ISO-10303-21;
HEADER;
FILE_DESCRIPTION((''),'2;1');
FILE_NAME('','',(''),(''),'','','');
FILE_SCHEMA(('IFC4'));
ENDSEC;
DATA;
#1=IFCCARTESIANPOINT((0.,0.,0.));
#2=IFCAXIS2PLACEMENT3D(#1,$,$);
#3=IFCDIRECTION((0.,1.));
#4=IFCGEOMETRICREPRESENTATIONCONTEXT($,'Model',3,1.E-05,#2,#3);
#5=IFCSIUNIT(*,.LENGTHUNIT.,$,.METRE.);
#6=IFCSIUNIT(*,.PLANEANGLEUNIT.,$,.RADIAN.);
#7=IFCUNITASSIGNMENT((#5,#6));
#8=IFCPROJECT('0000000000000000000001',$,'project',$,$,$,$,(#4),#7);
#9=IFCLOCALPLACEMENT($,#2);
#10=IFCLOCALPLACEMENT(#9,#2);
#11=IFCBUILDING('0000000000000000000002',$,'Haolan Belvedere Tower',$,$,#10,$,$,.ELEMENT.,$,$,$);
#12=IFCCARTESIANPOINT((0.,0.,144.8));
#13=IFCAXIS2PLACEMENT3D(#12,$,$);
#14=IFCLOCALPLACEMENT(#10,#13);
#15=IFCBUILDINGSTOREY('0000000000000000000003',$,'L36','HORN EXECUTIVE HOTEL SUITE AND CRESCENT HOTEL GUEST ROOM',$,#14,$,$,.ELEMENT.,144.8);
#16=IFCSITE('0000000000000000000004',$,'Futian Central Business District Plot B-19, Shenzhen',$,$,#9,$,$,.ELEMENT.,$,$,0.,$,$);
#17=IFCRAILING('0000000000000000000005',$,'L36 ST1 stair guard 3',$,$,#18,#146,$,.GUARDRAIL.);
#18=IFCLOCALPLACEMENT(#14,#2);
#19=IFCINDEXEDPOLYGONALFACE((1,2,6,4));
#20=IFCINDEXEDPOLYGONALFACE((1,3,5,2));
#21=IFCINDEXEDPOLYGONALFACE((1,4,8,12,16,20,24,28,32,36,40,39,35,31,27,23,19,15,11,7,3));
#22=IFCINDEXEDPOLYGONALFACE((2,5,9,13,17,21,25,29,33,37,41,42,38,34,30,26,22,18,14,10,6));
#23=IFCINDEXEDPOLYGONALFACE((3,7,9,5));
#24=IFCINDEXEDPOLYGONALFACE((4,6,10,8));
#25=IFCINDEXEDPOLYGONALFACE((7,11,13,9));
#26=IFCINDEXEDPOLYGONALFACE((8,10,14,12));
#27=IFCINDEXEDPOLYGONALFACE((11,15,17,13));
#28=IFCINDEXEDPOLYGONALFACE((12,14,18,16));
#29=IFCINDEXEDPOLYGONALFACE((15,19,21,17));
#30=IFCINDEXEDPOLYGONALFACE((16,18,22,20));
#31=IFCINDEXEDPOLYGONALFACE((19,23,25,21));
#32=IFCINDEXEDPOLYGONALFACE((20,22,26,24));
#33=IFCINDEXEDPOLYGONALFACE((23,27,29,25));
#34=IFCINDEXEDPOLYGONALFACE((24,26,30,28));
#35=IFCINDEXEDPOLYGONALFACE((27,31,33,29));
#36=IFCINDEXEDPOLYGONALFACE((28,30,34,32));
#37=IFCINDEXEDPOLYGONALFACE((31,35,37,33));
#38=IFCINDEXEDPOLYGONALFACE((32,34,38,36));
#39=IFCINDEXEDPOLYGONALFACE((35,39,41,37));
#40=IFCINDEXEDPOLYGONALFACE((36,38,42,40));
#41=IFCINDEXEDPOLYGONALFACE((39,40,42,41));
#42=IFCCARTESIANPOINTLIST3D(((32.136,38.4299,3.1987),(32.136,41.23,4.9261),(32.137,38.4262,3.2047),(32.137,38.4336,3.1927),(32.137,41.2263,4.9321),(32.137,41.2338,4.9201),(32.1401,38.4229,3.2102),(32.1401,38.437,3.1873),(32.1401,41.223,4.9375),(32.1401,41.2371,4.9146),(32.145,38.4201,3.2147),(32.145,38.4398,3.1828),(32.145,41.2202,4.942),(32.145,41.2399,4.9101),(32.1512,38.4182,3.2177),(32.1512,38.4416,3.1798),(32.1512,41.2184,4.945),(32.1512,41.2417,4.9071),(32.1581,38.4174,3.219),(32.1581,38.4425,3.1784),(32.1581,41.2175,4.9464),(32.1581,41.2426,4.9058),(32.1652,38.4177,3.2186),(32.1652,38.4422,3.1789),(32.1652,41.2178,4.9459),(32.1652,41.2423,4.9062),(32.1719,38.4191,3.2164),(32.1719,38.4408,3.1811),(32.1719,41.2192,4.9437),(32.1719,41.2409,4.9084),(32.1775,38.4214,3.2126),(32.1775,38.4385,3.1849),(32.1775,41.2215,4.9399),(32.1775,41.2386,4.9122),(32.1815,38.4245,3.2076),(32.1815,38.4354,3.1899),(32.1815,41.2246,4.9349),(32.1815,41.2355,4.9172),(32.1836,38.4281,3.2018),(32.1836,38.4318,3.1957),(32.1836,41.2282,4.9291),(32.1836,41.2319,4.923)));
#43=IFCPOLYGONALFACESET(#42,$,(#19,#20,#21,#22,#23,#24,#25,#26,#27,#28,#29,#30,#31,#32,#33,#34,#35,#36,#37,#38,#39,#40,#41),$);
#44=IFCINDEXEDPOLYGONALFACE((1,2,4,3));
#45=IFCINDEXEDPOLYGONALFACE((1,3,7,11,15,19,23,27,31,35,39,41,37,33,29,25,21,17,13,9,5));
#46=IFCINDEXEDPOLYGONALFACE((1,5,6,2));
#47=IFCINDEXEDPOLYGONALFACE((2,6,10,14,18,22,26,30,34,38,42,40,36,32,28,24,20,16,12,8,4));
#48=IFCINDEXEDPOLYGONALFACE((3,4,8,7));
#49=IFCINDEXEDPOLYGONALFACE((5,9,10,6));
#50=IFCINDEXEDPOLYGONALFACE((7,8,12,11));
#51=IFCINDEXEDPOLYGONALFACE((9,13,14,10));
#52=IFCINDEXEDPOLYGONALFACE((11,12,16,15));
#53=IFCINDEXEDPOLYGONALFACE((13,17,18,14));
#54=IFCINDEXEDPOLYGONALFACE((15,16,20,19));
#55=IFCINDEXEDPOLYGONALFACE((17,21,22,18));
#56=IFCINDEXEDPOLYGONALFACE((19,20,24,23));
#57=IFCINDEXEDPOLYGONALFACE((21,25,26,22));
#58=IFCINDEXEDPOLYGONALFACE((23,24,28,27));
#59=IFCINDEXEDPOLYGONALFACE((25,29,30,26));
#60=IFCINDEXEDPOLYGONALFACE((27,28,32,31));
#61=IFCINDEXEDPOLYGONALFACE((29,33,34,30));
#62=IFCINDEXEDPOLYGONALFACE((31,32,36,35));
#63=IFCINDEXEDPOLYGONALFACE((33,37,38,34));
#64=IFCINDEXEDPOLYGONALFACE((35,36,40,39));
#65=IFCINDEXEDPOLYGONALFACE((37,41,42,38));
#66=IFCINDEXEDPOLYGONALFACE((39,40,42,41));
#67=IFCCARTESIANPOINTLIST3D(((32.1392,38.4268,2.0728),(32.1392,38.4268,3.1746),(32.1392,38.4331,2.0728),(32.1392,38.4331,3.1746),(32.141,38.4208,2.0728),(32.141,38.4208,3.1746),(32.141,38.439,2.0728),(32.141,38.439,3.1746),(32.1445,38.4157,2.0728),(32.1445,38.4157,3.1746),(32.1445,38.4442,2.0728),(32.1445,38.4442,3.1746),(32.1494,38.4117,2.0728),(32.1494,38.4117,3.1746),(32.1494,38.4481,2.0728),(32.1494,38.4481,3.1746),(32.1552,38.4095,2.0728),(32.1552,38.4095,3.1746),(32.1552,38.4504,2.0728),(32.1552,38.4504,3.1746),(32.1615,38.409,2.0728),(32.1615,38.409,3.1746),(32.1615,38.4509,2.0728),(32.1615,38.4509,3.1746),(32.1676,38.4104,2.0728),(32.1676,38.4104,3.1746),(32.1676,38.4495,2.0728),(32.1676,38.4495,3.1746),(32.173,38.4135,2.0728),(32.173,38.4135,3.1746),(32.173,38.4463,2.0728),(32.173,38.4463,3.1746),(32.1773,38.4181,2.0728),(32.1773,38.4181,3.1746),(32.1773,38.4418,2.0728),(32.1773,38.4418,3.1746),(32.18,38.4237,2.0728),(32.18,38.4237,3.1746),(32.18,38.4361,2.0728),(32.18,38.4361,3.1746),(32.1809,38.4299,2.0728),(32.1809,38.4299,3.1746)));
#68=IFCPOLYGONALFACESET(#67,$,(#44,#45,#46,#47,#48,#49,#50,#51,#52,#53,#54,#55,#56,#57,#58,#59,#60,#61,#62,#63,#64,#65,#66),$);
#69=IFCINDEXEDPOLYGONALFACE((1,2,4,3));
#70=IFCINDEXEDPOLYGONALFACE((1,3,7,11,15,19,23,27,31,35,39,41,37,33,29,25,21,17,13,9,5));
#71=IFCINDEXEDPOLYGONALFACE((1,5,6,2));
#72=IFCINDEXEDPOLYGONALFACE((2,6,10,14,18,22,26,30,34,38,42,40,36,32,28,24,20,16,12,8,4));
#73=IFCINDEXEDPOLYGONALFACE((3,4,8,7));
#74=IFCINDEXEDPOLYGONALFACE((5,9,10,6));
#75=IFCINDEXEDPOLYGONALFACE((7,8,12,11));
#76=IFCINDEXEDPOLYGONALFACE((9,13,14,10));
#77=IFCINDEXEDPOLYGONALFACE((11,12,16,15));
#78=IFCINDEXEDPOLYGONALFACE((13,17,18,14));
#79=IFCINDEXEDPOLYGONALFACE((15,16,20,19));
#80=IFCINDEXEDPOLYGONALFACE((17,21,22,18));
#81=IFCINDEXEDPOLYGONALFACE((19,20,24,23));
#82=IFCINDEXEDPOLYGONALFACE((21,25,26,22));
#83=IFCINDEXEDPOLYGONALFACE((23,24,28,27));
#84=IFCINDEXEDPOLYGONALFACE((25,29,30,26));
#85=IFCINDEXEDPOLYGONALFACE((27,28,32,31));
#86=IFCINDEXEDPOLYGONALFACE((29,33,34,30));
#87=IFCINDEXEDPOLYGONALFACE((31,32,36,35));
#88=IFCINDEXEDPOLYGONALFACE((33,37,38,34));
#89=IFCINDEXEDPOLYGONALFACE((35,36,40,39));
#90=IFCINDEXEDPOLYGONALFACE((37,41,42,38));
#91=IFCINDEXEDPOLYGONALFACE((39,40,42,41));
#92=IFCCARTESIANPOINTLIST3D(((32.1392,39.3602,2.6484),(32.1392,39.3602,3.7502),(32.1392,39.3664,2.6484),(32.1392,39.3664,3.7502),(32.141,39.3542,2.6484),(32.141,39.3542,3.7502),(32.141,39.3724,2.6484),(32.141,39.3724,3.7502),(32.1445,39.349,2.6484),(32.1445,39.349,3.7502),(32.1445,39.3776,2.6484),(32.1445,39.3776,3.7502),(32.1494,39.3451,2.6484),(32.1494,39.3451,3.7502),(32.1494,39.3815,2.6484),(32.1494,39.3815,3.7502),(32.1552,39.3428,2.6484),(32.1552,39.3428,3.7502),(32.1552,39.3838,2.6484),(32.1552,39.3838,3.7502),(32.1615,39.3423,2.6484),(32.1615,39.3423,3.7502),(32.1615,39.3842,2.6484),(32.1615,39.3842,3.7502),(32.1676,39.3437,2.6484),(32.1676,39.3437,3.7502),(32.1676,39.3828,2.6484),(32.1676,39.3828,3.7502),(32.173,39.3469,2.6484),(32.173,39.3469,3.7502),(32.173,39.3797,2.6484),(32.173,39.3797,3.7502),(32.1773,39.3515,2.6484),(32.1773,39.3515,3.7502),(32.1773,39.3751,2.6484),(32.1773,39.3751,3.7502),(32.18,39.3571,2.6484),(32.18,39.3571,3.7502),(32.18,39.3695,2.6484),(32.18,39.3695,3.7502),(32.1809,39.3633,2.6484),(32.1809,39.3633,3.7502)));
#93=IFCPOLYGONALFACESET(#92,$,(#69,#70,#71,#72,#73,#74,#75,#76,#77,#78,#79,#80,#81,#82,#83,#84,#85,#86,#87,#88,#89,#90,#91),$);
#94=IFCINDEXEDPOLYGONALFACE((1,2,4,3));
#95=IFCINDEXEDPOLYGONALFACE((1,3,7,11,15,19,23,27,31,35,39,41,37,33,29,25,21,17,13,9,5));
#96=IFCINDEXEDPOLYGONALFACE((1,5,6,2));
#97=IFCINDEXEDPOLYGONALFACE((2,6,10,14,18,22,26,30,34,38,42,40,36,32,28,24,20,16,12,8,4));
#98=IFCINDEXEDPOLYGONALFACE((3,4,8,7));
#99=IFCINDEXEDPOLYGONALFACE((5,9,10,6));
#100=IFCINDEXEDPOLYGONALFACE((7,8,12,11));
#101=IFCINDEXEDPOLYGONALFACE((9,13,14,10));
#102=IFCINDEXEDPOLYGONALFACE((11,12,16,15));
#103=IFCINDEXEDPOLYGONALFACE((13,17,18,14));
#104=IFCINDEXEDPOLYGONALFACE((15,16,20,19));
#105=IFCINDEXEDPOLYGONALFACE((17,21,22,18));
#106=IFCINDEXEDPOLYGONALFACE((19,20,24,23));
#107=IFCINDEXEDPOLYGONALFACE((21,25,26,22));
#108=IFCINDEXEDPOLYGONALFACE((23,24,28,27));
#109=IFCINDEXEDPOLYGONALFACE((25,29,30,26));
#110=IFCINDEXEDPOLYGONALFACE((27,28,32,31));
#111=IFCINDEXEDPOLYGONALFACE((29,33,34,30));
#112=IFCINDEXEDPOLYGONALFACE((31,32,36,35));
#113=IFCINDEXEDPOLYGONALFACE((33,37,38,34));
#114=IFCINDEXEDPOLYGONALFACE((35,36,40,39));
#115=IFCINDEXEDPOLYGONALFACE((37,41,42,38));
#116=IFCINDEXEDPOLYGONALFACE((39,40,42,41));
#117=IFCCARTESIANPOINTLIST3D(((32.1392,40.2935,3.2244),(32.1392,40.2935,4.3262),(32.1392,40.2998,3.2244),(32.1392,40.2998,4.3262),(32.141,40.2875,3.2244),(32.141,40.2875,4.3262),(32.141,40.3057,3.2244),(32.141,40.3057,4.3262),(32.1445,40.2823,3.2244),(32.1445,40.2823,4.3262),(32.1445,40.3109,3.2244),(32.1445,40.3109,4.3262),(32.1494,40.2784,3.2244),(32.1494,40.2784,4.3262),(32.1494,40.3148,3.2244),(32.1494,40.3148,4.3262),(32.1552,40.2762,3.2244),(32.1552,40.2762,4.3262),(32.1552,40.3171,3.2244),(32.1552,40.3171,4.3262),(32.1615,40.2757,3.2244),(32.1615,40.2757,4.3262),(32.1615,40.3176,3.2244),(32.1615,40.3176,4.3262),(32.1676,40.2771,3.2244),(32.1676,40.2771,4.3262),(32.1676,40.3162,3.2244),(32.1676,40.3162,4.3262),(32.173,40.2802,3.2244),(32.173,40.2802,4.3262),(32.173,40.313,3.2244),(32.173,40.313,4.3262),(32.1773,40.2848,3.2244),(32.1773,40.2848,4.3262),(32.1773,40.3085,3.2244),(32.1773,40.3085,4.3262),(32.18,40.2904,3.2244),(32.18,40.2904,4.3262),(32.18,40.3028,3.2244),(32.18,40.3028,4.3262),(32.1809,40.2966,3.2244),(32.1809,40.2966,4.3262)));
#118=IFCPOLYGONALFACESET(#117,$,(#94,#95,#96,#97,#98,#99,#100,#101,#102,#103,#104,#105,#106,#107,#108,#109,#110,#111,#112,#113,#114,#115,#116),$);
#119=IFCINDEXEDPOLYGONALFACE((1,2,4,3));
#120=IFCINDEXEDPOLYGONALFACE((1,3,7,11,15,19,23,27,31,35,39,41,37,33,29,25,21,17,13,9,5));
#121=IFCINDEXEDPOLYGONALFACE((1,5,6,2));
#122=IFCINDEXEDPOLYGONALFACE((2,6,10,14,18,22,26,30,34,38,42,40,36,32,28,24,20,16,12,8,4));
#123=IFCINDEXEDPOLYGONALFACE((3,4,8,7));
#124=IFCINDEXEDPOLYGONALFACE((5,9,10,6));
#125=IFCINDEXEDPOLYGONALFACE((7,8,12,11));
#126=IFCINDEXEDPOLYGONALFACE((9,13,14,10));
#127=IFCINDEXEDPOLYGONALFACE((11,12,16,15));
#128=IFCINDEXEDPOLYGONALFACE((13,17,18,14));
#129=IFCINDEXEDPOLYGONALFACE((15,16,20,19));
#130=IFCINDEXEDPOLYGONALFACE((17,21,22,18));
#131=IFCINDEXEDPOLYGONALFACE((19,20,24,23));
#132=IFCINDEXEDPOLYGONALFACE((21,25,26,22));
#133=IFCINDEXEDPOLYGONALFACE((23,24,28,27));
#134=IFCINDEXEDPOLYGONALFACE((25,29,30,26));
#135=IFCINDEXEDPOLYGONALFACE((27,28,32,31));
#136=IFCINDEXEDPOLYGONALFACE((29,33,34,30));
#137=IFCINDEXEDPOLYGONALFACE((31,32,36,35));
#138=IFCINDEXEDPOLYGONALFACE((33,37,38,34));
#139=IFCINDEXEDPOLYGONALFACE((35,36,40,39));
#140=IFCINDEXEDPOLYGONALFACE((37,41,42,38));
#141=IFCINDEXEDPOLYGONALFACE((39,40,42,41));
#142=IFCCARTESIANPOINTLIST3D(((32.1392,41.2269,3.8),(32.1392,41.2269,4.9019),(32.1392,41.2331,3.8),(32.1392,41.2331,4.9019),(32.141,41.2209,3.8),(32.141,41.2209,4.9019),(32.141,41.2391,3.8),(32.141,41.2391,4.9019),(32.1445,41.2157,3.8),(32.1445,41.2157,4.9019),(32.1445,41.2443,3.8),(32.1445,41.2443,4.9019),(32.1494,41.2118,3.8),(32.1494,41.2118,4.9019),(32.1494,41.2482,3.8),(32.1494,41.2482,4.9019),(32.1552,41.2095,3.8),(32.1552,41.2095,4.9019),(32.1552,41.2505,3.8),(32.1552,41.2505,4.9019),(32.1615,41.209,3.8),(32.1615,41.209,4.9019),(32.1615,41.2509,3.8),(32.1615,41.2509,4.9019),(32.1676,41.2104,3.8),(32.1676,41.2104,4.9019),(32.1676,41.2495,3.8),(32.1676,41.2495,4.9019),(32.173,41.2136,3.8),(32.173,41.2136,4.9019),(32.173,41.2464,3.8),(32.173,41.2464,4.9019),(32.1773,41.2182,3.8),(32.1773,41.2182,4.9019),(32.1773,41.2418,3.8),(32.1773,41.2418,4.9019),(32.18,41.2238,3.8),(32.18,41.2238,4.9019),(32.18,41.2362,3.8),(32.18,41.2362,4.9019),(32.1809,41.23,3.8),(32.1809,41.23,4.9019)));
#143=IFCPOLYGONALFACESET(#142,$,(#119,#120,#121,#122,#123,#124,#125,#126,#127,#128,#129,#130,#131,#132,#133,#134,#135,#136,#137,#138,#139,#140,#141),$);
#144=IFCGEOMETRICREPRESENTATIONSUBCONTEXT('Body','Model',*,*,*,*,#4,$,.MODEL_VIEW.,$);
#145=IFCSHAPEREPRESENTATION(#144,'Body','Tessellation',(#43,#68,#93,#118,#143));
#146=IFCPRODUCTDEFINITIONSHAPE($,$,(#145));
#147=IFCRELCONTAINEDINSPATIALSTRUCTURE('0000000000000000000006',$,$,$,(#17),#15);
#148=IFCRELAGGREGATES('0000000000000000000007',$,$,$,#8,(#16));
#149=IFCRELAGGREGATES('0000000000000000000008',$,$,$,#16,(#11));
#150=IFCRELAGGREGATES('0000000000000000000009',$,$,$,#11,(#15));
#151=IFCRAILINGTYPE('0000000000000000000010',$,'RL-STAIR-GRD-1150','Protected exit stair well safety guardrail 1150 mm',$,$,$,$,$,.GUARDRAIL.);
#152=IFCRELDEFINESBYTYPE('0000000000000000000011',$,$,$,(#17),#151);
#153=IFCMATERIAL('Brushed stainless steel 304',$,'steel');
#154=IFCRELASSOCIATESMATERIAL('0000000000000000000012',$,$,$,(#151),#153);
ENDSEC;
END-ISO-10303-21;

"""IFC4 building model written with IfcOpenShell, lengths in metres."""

from ifc_helpers import new_model, si_unit, direction, frame, origin, origin_2d, place, context, subcontext, project, spatial, circle, extrude, material, type_object, element, save


model = new_model("IFC4")

# Units and contexts
model_context = context("Model", 3, precision=1e-05, world=origin(), true_north=direction((0.0, 1.0)))
body_context = subcontext(model_context, "Body", "Model", "MODEL_VIEW")
ifc_project = project(units=[si_unit("LENGTHUNIT", "METRE"), si_unit("PLANEANGLEUNIT", "RADIAN")], contexts=[model_context])

# Site, building, storey
site_placement = place(None, origin())
site = spatial("IfcSite", under=ifc_project, at=site_placement, Name="Futian Central Business District Plot B-19, Shenzhen", CompositionType="ELEMENT", RefElevation=0.0)
building_placement = place(site_placement, origin())
building = spatial("IfcBuilding", under=site, at=building_placement, Name="Haolan Belvedere Tower", CompositionType="ELEMENT")
storey_placement = place(building_placement, frame((0.0, 0.0, 144.8)))
storey = spatial("IfcBuildingStorey", under=building, at=storey_placement, Name="L36", Description="HORN EXECUTIVE HOTEL SUITE AND CRESCENT HOTEL GUEST ROOM", CompositionType="ELEMENT", Elevation=144.8)

# Railing
ifc_material_1 = material(Name="Brushed stainless steel 304", Category="steel")
railing_type_1 = type_object("IfcRailingType", Name="RL-STAIR-GRD-1150", Description="Protected exit stair well safety guardrail 1150 mm", PredefinedType="GUARDRAIL", material=ifc_material_1)
railing_1_placement = place(storey_placement, frame((32.1599, 38.4299, 2.0728)))
element("IfcRailing", 1, at=railing_1_placement, inside=storey, type_object=railing_type_1, Name="L36 ST1 stair guard 3", PredefinedType="GUARDRAIL", context=body_context, shape_type="SweptSolid", body=[
    extrude(circle(Radius=0.0239, at=origin_2d()), frame((0.0, 0.0, 1.126), z_axis=(0.0, 0.85109, 0.52502), x_axis=(-1.0, 0.0, 0.0)), (0.0, 0.0, 1.0), 3.29),
    extrude(circle(Radius=0.021, at=origin_2d()), origin(), (0.0, 0.0, 1.0), 1.1018),
    extrude(circle(Radius=0.021, at=origin_2d()), frame((0.0, 0.9333, 0.5757)), (0.0, 0.0, 1.0), 1.1018),
    extrude(circle(Radius=0.021, at=origin_2d()), frame((0.0, 1.8667, 1.1516)), (0.0, 0.0, 1.0), 1.1018),
    extrude(circle(Radius=0.021, at=origin_2d()), frame((0.0, 2.8, 1.7273)), (0.0, 0.0, 1.0), 1.1018),
])

save(model, "model.ifc")
